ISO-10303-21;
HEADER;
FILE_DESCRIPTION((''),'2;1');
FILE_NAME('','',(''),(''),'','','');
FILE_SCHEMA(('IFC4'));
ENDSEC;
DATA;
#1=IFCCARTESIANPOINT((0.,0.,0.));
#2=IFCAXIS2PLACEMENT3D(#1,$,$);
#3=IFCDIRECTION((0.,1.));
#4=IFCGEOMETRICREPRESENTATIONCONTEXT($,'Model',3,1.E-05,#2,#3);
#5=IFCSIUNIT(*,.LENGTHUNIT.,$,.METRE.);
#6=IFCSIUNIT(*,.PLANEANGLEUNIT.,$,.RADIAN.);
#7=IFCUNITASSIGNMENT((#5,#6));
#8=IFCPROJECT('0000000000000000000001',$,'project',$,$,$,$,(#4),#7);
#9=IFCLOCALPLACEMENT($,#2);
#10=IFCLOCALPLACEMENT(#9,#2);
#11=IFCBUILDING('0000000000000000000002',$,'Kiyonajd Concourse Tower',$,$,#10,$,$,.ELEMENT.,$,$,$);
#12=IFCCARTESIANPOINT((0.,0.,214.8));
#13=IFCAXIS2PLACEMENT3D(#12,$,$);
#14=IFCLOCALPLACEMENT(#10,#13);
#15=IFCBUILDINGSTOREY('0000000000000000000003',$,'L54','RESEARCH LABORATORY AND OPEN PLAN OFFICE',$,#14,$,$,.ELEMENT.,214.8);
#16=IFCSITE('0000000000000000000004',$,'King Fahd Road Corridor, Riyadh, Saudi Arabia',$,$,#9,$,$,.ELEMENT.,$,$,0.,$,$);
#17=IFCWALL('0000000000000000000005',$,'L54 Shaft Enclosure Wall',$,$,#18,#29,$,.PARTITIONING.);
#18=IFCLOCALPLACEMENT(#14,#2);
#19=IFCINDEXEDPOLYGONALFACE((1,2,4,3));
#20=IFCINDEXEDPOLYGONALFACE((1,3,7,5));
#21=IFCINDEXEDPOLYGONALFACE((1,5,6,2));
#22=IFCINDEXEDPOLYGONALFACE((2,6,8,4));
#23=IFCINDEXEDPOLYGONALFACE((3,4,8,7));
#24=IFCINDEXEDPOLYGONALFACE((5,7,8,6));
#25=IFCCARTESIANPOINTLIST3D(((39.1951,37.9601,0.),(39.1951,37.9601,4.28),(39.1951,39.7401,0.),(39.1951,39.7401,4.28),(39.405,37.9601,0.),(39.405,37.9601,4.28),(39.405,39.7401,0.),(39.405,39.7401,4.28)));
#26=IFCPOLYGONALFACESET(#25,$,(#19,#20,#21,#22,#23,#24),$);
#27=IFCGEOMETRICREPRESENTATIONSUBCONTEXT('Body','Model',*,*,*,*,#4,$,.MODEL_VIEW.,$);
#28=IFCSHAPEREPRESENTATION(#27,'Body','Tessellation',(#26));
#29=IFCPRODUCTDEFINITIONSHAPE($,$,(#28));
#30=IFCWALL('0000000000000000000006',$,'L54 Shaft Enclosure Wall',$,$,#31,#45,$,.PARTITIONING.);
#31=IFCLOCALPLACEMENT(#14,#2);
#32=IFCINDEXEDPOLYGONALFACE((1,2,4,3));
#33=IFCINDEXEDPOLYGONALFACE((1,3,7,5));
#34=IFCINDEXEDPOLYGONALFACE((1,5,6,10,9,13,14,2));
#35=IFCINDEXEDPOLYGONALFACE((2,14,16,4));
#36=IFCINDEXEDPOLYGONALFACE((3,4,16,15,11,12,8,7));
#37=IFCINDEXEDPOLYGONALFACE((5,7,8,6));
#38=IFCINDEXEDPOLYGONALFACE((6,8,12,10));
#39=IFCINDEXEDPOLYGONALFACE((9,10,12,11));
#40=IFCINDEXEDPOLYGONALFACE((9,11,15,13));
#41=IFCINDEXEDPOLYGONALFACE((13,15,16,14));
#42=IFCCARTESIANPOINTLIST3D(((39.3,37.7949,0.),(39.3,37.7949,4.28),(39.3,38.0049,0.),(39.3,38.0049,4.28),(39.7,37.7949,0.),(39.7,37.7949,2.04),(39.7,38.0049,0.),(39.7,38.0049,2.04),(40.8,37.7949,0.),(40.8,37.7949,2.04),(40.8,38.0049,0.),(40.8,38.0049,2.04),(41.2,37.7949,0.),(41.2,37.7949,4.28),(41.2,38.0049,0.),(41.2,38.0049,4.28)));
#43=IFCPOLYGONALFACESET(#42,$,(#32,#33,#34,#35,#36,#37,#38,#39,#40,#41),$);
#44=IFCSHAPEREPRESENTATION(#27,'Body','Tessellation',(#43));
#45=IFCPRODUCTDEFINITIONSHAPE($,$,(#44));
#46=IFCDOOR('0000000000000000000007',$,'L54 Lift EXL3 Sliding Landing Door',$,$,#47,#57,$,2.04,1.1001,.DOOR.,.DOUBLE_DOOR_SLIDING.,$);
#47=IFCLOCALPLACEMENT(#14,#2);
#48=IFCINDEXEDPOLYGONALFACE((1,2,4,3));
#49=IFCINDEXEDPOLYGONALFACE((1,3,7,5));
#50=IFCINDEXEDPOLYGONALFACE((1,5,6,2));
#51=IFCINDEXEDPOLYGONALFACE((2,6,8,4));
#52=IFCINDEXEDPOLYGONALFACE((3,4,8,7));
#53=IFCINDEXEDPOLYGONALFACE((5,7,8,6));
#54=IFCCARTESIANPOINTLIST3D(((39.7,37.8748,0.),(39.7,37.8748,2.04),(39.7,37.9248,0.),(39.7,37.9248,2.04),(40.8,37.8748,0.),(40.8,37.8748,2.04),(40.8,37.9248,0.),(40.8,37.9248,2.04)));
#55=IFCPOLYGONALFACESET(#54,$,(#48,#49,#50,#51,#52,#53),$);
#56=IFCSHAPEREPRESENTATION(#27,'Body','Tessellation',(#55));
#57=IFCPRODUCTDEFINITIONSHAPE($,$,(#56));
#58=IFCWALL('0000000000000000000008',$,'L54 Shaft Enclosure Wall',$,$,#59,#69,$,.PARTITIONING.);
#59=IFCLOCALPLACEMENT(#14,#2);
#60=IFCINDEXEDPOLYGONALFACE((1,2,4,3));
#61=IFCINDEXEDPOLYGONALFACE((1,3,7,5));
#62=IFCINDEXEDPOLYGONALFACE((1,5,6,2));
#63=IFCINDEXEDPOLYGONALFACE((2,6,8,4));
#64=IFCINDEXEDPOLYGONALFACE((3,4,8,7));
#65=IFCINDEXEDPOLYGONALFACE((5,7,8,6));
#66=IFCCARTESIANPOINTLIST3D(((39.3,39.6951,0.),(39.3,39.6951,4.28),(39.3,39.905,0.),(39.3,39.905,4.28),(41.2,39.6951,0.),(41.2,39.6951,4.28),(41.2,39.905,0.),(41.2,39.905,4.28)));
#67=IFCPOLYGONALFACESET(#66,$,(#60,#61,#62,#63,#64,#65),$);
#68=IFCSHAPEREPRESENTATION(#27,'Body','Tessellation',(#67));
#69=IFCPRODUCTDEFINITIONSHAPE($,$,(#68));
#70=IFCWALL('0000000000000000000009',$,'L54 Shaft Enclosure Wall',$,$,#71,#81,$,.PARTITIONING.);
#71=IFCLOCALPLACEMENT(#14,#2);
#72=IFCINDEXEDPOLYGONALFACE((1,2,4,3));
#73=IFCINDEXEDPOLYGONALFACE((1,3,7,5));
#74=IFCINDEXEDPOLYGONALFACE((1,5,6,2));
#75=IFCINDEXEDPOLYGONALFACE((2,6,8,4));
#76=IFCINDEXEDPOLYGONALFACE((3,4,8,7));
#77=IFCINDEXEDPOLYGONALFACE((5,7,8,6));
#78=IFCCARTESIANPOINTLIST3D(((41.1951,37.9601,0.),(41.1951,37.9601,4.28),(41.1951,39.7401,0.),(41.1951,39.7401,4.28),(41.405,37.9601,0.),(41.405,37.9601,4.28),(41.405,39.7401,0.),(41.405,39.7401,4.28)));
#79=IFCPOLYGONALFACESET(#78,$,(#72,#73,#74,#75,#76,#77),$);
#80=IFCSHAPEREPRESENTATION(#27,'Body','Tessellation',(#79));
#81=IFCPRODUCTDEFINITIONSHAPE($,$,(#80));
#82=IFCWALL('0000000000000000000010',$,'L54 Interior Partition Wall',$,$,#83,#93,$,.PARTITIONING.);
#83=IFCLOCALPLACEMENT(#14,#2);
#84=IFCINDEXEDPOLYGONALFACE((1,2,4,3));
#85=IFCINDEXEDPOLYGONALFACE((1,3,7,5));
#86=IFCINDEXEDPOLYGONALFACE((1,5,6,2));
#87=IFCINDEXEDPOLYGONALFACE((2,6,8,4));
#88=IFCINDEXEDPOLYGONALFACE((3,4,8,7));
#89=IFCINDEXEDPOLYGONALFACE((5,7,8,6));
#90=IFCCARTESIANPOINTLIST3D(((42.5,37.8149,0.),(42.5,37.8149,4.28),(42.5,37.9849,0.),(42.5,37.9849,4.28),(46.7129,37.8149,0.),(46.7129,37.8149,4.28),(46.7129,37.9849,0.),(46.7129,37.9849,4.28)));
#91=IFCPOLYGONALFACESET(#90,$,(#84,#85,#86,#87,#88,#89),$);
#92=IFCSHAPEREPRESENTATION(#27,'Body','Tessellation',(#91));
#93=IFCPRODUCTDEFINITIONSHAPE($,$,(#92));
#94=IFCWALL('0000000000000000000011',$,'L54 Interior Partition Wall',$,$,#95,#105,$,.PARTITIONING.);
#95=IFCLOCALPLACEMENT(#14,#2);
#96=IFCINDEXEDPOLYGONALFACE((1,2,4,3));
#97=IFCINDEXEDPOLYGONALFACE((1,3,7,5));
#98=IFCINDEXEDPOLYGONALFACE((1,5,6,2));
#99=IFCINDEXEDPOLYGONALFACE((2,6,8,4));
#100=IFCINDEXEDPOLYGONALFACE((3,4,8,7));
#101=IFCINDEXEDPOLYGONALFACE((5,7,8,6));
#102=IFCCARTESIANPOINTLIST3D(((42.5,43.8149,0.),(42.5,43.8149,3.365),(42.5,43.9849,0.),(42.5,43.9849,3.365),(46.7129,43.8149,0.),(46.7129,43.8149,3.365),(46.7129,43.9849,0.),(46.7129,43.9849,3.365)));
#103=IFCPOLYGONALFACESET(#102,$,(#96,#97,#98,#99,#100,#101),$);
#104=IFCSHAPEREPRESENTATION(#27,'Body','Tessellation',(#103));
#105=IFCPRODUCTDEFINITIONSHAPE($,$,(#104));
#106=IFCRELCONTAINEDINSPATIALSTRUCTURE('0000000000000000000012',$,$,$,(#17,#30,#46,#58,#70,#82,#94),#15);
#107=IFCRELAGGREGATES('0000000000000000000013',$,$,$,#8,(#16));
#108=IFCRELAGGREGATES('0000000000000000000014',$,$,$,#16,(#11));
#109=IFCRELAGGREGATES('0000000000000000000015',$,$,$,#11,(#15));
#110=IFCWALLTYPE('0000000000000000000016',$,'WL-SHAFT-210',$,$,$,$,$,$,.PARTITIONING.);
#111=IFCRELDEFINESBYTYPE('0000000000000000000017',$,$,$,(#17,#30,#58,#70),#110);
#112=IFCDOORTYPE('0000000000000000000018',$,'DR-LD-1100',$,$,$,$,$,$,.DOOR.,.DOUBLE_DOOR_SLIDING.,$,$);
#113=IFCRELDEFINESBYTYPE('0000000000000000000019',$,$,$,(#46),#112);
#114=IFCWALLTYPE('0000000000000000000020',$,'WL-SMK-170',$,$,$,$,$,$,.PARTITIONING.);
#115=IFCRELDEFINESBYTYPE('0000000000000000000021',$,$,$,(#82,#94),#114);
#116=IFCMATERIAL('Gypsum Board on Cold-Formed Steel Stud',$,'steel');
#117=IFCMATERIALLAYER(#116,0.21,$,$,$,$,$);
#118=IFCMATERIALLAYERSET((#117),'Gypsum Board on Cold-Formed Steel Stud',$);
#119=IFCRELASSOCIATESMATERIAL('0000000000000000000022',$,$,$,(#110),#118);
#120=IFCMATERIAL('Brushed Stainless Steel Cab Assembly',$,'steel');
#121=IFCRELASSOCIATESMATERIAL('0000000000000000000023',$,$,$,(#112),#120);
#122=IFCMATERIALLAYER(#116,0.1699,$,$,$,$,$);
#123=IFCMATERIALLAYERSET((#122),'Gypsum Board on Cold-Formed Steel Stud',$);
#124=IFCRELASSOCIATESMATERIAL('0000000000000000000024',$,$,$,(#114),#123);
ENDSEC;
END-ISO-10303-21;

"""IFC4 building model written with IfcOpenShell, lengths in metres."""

from ifc_helpers import new_model, si_unit, direction, frame, frame_2d, origin, place, context, subcontext, project, spatial, rectangle, extrude, material, layer, layer_set, type_object, element, fill, save


model = new_model("IFC4")

# Units and contexts
model_context = context("Model", 3, precision=1e-05, world=origin(), true_north=direction((0.0, 1.0)))
body_context = subcontext(model_context, "Body", "Model", "MODEL_VIEW")
ifc_project = project(units=[si_unit("LENGTHUNIT", "METRE"), si_unit("PLANEANGLEUNIT", "RADIAN")], contexts=[model_context])

# Site, building, storey
site_placement = place(None, origin())
site = spatial("IfcSite", under=ifc_project, at=site_placement, Name="King Fahd Road Corridor, Riyadh, Saudi Arabia", CompositionType="ELEMENT", RefElevation=0.0)
building_placement = place(site_placement, origin())
building = spatial("IfcBuilding", under=site, at=building_placement, Name="Kiyonajd Concourse Tower", CompositionType="ELEMENT")
storey_placement = place(building_placement, frame((0.0, 0.0, 214.8)))
storey = spatial("IfcBuildingStorey", under=building, at=storey_placement, Name="L54", Description="RESEARCH LABORATORY AND OPEN PLAN OFFICE", CompositionType="ELEMENT", Elevation=214.8)

# Shared definitions
ifc_material_1 = material(Name="Gypsum Board on Cold-Formed Steel Stud", Category="steel")
ifc_layer_1 = layer(ifc_material_1, 0.21)
ifc_layer_set_1 = layer_set([ifc_layer_1], Name="Gypsum Board on Cold-Formed Steel Stud")
wall_type_1 = type_object("IfcWallType", Name="WL-SHAFT-210", PredefinedType="PARTITIONING", material=ifc_layer_set_1)

# Shared definitions
ifc_material_2 = material(Name="Brushed Stainless Steel Cab Assembly", Category="steel")
door_type_1 = type_object("IfcDoorType", Name="DR-LD-1100", OperationType="DOUBLE_DOOR_SLIDING", PredefinedType="DOOR", material=ifc_material_2)

# Wall
wall_1_placement = place(storey_placement, frame((39.3, 37.96, 0.0), z_axis=(0.0, 0.0, 1.0), x_axis=(0.0, 1.0, 0.0)))
element("IfcWall", 1, at=wall_1_placement, inside=storey, type_object=wall_type_1, Name="L54 Shaft Enclosure Wall", PredefinedType="PARTITIONING", context=body_context, shape_type="SweptSolid", body=[
    extrude(rectangle(XDim=1.78, YDim=0.21, at=frame_2d((0.8901, 0.0))), origin(), (0.0, 0.0, 1.0), 4.28),
])

# Wall, opening, door
wall_2_placement = place(storey_placement, frame((39.3, 37.8999, 0.0), z_axis=(0.0, 0.0, 1.0), x_axis=(1.0, 0.0, 0.0)))
wall_2 = element("IfcWall", 2, at=wall_2_placement, inside=storey, type_object=wall_type_1, Name="L54 Shaft Enclosure Wall", PredefinedType="PARTITIONING", context=body_context, shape_type="SweptSolid", body=[
    extrude(rectangle(XDim=1.8999, YDim=0.21, at=frame_2d((0.95, 0.0))), origin(), (0.0, 0.0, 1.0), 4.28),
])
opening_1_placement = place(wall_2_placement, frame((0.3999, 0.0, 0.0)))
opening_1 = element("IfcOpeningElement", 3, at=opening_1_placement, cuts=wall_2, PredefinedType="OPENING", context=body_context, shape_type="SweptSolid", body=[
    extrude(rectangle(XDim=1.1001, YDim=2.04, at=frame_2d((0.55, 1.02))), frame((0.0, 0.115, 0.0), z_axis=(0.0, -1.0, 0.0), x_axis=(1.0, 0.0, 0.0)), (0.0, 0.0, 1.0), 0.23),
])
door_1_placement = place(opening_1_placement, origin())
door_1 = element("IfcDoor", 4, at=door_1_placement, inside=storey, type_object=door_type_1, Name="L54 Lift EXL3 Sliding Landing Door", OperationType="DOUBLE_DOOR_SLIDING", OverallHeight=2.04, OverallWidth=1.1001, PredefinedType="DOOR", context=body_context, shape_type="SweptSolid", body=[
    extrude(rectangle(XDim=1.1001, YDim=2.04, at=frame_2d((0.55, 1.02))), frame((0.0, 0.0249, 0.0), z_axis=(0.0, -1.0, 0.0), x_axis=(1.0, 0.0, 0.0)), (0.0, 0.0, 1.0), 0.05),
])
fill(opening_1, door_1)

# Walls
wall_3_placement = place(storey_placement, frame((39.3, 39.8, 0.0), z_axis=(0.0, 0.0, 1.0), x_axis=(1.0, 0.0, 0.0)))
element("IfcWall", 5, at=wall_3_placement, inside=storey, type_object=wall_type_1, Name="L54 Shaft Enclosure Wall", PredefinedType="PARTITIONING", context=body_context, shape_type="SweptSolid", body=[
    extrude(rectangle(XDim=1.8999, YDim=0.21, at=frame_2d((0.95, 0.0))), origin(), (0.0, 0.0, 1.0), 4.28),
])
wall_4_placement = place(storey_placement, frame((41.3, 37.96, 0.0), z_axis=(0.0, 0.0, 1.0), x_axis=(0.0, 1.0, 0.0)))
element("IfcWall", 6, at=wall_4_placement, inside=storey, type_object=wall_type_1, Name="L54 Shaft Enclosure Wall", PredefinedType="PARTITIONING", context=body_context, shape_type="SweptSolid", body=[
    extrude(rectangle(XDim=1.78, YDim=0.21, at=frame_2d((0.8901, 0.0))), origin(), (0.0, 0.0, 1.0), 4.28),
])
ifc_layer_2 = layer(ifc_material_1, 0.1699)
ifc_layer_set_2 = layer_set([ifc_layer_2], Name="Gypsum Board on Cold-Formed Steel Stud")
wall_type_2 = type_object("IfcWallType", Name="WL-SMK-170", PredefinedType="PARTITIONING", material=ifc_layer_set_2)
wall_5_placement = place(storey_placement, frame((42.5, 37.8999, 0.0), z_axis=(0.0, 0.0, 1.0), x_axis=(1.0, 0.0, 0.0)))
element("IfcWall", 7, at=wall_5_placement, inside=storey, type_object=wall_type_2, Name="L54 Interior Partition Wall", PredefinedType="PARTITIONING", context=body_context, shape_type="SweptSolid", body=[
    extrude(rectangle(XDim=4.2129, YDim=0.1699, at=frame_2d((2.1064, 0.0))), origin(), (0.0, 0.0, 1.0), 4.28),
])
wall_6_placement = place(storey_placement, frame((42.5, 43.8999, 0.0), z_axis=(0.0, 0.0, 1.0), x_axis=(1.0, 0.0, 0.0)))
element("IfcWall", 8, at=wall_6_placement, inside=storey, type_object=wall_type_2, Name="L54 Interior Partition Wall", PredefinedType="PARTITIONING", context=body_context, shape_type="SweptSolid", body=[
    extrude(rectangle(XDim=4.2129, YDim=0.1699, at=frame_2d((2.1064, 0.0))), origin(), (0.0, 0.0, 1.0), 3.365),
])

save(model, "model.ifc")
